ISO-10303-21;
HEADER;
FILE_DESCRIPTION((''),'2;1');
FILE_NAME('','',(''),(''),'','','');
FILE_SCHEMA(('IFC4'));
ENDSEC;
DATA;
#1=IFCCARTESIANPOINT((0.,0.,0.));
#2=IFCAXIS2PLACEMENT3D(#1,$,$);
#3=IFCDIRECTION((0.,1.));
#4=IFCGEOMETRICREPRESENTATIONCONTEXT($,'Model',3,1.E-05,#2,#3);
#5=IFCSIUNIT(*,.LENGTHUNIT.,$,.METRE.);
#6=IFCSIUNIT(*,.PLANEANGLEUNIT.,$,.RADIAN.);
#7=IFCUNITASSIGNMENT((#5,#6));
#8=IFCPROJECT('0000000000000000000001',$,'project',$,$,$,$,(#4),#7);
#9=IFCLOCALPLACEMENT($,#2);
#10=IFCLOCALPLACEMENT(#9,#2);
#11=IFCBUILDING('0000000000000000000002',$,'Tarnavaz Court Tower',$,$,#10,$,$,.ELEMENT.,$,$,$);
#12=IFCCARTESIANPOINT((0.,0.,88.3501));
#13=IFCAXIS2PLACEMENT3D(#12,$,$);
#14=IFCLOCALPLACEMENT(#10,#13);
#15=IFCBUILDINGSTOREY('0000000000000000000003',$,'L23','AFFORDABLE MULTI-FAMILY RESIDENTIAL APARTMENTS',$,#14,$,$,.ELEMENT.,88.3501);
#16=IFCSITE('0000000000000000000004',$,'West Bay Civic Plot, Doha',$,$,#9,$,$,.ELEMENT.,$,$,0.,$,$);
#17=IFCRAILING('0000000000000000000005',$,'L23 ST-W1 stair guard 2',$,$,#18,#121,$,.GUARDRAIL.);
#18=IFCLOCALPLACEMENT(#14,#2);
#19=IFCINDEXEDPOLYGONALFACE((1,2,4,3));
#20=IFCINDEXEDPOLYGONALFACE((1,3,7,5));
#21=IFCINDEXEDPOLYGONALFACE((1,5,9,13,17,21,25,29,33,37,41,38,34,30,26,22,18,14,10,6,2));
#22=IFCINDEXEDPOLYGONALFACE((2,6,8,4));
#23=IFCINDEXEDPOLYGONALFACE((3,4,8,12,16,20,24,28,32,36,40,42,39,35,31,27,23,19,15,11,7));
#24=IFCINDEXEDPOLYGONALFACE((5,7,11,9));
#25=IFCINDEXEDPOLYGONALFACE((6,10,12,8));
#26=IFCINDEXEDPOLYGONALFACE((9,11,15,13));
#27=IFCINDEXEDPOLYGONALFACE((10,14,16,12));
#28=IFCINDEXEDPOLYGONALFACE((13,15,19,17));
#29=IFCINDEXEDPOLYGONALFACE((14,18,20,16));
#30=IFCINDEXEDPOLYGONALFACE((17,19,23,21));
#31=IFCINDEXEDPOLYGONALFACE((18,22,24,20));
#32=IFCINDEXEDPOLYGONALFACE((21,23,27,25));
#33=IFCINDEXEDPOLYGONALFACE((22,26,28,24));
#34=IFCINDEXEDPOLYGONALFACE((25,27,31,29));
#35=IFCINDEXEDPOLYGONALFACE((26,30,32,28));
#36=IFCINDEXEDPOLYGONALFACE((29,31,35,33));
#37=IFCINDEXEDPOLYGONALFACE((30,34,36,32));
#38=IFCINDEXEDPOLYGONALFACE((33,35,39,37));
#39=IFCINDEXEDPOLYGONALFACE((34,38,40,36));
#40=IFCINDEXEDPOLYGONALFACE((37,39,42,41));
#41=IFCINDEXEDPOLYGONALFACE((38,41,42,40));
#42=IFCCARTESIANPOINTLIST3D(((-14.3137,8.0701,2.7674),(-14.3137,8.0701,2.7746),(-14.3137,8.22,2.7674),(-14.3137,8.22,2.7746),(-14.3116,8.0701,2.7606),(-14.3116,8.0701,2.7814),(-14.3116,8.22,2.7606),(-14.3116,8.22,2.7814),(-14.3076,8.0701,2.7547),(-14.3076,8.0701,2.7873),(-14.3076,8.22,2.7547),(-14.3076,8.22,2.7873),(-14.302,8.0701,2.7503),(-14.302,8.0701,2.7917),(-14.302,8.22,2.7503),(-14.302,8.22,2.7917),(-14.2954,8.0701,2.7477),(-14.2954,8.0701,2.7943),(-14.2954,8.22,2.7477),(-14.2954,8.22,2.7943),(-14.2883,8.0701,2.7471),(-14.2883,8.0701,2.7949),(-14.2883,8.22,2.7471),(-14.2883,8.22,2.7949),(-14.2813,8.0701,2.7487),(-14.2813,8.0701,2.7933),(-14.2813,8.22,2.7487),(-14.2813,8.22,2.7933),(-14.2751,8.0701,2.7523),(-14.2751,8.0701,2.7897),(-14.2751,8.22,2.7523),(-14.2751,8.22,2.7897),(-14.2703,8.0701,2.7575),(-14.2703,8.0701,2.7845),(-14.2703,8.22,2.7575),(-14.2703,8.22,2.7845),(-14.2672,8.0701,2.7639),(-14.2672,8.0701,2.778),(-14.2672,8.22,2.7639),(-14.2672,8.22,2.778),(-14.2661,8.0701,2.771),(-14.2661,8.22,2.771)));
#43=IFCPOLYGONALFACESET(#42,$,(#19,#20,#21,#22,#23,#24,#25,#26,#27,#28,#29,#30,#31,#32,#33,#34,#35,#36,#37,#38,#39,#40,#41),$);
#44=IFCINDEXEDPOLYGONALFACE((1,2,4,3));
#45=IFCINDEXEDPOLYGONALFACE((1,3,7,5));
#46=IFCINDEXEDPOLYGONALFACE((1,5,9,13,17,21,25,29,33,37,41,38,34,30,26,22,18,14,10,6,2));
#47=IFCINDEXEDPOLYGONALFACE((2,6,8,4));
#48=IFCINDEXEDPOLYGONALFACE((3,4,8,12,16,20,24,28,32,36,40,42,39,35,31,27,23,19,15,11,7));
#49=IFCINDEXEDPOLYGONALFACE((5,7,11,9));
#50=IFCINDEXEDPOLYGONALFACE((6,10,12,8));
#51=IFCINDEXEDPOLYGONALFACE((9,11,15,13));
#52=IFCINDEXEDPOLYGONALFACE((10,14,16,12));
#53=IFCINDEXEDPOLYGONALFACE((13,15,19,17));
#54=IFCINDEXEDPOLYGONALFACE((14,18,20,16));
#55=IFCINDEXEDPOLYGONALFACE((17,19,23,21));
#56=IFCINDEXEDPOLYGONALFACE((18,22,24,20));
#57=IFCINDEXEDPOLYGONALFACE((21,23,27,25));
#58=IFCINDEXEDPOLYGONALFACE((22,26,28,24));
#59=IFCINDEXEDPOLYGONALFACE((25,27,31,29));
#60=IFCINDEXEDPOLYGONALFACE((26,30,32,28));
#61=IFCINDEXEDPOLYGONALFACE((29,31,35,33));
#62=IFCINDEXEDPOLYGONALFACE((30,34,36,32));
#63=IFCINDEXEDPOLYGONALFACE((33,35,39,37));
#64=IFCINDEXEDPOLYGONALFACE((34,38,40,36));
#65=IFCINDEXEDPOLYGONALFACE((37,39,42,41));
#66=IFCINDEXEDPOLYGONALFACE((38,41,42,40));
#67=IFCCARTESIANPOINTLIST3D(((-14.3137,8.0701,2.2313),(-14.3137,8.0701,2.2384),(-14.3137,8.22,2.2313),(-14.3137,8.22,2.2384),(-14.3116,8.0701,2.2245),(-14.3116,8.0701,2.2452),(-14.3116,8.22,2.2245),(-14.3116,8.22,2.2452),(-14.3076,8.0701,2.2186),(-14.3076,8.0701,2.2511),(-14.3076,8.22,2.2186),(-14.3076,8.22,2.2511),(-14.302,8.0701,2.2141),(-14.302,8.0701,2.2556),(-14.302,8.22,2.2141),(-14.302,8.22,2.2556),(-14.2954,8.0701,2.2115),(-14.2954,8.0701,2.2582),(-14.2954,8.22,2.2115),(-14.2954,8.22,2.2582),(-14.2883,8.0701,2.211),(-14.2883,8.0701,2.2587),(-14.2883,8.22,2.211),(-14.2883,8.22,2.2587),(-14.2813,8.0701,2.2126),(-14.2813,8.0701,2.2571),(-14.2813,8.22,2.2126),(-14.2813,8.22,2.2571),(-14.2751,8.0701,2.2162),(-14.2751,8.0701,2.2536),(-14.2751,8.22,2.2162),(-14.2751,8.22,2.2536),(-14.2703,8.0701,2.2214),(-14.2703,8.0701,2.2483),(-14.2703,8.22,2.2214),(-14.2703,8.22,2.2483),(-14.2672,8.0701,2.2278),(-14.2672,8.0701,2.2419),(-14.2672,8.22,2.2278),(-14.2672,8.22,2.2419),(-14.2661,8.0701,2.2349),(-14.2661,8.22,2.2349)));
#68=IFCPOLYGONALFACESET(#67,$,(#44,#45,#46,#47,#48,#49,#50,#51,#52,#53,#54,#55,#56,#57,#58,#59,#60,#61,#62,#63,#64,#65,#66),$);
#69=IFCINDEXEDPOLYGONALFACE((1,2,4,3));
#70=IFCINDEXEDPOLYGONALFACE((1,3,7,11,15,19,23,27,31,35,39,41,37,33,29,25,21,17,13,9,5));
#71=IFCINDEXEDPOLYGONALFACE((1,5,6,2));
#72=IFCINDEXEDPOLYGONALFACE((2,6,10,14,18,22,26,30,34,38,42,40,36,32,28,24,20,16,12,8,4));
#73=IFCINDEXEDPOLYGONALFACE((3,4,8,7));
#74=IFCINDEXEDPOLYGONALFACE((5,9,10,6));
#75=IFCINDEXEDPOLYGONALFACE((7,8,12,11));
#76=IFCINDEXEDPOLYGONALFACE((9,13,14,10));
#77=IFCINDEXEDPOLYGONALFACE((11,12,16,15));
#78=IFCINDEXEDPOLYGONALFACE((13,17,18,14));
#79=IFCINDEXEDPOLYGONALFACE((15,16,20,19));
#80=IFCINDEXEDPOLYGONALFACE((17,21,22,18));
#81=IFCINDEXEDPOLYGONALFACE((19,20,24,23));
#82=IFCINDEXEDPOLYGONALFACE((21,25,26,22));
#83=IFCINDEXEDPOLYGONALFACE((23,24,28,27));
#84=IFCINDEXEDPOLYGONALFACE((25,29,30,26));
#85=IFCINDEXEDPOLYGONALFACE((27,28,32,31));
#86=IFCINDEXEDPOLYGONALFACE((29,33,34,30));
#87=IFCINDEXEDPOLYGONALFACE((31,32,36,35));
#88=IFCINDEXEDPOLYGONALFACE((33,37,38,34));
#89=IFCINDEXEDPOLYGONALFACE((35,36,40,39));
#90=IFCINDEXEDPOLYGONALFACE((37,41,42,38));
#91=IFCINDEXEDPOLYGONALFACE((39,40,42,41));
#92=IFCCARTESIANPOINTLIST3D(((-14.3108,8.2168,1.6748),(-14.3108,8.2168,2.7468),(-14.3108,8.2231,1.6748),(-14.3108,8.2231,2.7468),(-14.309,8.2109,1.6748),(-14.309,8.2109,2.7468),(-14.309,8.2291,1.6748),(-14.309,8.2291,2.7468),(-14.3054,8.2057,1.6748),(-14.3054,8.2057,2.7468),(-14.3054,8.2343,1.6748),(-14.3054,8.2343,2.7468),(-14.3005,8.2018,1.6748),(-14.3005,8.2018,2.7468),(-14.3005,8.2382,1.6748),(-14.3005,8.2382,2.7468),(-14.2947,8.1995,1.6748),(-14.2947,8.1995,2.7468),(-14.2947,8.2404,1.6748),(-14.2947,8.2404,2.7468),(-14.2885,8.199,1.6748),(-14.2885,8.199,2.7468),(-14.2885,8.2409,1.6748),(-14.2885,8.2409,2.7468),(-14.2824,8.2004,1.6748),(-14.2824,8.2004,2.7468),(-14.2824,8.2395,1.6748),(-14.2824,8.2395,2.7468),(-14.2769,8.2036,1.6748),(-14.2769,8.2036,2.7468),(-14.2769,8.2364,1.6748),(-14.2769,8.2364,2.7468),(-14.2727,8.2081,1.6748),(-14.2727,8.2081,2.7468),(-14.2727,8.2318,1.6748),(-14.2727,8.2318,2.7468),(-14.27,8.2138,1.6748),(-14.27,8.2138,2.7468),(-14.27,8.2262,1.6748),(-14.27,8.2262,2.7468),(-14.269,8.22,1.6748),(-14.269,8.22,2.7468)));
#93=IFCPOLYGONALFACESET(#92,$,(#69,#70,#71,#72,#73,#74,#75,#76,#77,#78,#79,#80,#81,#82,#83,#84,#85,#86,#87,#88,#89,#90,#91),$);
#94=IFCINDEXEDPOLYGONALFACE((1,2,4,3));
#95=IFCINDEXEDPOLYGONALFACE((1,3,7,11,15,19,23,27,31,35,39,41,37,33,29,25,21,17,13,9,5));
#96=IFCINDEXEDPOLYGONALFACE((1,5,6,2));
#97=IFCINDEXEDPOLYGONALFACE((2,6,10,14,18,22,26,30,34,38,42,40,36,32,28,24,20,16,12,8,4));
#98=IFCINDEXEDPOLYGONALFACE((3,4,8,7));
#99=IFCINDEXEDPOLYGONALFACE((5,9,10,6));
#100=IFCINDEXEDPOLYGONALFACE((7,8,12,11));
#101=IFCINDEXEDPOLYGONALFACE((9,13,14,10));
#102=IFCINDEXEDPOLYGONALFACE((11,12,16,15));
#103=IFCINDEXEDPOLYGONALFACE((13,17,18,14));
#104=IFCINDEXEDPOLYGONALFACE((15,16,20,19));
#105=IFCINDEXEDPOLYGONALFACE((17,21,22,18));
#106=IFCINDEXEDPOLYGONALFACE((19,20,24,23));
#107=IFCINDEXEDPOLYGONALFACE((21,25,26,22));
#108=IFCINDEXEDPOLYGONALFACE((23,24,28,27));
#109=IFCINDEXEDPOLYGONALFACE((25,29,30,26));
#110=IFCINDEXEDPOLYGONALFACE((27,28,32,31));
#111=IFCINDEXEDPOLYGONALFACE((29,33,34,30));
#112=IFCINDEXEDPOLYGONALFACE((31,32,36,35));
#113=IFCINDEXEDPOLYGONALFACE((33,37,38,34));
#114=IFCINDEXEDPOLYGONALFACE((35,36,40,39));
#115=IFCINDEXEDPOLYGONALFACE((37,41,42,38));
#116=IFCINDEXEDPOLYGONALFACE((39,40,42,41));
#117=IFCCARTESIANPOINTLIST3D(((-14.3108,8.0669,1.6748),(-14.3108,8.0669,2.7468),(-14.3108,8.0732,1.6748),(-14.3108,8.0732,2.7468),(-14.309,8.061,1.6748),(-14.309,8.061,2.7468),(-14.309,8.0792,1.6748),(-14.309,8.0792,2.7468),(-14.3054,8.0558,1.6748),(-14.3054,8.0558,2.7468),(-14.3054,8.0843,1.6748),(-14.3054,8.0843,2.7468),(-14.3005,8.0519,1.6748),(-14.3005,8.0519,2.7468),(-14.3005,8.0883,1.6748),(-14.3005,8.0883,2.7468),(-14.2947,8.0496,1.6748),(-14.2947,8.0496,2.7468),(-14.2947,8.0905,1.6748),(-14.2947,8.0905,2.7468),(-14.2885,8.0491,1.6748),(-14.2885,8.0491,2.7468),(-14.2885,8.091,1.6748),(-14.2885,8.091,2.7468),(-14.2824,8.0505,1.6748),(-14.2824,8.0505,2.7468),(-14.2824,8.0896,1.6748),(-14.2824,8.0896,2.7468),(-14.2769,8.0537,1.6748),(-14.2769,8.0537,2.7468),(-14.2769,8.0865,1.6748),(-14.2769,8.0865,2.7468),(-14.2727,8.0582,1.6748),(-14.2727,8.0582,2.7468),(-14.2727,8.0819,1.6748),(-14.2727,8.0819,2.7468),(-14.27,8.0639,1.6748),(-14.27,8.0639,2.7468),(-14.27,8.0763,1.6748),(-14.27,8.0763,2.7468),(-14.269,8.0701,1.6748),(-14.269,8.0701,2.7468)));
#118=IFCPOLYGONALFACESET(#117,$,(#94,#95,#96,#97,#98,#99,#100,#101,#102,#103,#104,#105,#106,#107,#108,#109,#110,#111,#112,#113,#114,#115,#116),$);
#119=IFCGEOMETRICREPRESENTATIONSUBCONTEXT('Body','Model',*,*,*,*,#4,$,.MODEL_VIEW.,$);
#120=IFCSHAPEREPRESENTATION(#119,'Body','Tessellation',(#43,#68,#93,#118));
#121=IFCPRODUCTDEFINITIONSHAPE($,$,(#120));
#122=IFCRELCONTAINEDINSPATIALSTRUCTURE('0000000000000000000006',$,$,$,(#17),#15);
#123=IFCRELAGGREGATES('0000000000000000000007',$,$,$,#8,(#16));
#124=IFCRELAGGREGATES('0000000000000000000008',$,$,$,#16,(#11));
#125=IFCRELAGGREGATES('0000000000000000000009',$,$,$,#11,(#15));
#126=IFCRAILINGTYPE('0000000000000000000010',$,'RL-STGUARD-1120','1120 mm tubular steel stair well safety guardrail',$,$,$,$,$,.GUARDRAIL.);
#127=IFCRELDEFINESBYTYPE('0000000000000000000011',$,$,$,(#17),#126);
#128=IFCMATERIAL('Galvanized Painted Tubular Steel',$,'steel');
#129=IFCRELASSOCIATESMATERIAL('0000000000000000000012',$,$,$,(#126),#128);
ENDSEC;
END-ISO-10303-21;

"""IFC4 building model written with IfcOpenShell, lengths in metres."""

from ifc_helpers import new_model, si_unit, direction, frame, origin, origin_2d, place, context, subcontext, project, spatial, circle, extrude, material, type_object, element, save


model = new_model("IFC4")

# Units and contexts
model_context = context("Model", 3, precision=1e-05, world=origin(), true_north=direction((0.0, 1.0)))
body_context = subcontext(model_context, "Body", "Model", "MODEL_VIEW")
ifc_project = project(units=[si_unit("LENGTHUNIT", "METRE"), si_unit("PLANEANGLEUNIT", "RADIAN")], contexts=[model_context])

# Site, building, storey
site_placement = place(None, origin())
site = spatial("IfcSite", under=ifc_project, at=site_placement, Name="West Bay Civic Plot, Doha", CompositionType="ELEMENT", RefElevation=0.0)
building_placement = place(site_placement, origin())
building = spatial("IfcBuilding", under=site, at=building_placement, Name="Tarnavaz Court Tower", CompositionType="ELEMENT")
storey_placement = place(building_placement, frame((0.0, 0.0, 88.3501)))
storey = spatial("IfcBuildingStorey", under=building, at=storey_placement, Name="L23", Description="AFFORDABLE MULTI-FAMILY RESIDENTIAL APARTMENTS", CompositionType="ELEMENT", Elevation=88.3501)

# Railing
ifc_material_1 = material(Name="Galvanized Painted Tubular Steel", Category="steel")
railing_type_1 = type_object("IfcRailingType", Name="RL-STGUARD-1120", Description="1120 mm tubular steel stair well safety guardrail", PredefinedType="GUARDRAIL", material=ifc_material_1)
railing_1_placement = place(storey_placement, frame((-14.29, 8.22, 1.6748)))
element("IfcRailing", 1, at=railing_1_placement, inside=storey, type_object=railing_type_1, Name="L23 ST-W1 stair guard 2", PredefinedType="GUARDRAIL", context=body_context, shape_type="SweptSolid", body=[
    extrude(circle(Radius=0.0239, at=origin_2d()), frame((0.0, 0.0, 1.0962), z_axis=(0.0, -1.0, 0.0), x_axis=(1.0, 0.0, 0.0)), (0.0, 0.0, 1.0), 0.1499),
    extrude(circle(Radius=0.0239, at=origin_2d()), frame((0.0, 0.0, 0.5601), z_axis=(0.0, -1.0, 0.0), x_axis=(1.0, 0.0, 0.0)), (0.0, 0.0, 1.0), 0.1499),
    extrude(circle(Radius=0.021, at=origin_2d()), origin(), (0.0, 0.0, 1.0), 1.072),
    extrude(circle(Radius=0.021, at=origin_2d()), frame((0.0, -0.1499, 0.0)), (0.0, 0.0, 1.0), 1.072),
])

save(model, "model.ifc")
